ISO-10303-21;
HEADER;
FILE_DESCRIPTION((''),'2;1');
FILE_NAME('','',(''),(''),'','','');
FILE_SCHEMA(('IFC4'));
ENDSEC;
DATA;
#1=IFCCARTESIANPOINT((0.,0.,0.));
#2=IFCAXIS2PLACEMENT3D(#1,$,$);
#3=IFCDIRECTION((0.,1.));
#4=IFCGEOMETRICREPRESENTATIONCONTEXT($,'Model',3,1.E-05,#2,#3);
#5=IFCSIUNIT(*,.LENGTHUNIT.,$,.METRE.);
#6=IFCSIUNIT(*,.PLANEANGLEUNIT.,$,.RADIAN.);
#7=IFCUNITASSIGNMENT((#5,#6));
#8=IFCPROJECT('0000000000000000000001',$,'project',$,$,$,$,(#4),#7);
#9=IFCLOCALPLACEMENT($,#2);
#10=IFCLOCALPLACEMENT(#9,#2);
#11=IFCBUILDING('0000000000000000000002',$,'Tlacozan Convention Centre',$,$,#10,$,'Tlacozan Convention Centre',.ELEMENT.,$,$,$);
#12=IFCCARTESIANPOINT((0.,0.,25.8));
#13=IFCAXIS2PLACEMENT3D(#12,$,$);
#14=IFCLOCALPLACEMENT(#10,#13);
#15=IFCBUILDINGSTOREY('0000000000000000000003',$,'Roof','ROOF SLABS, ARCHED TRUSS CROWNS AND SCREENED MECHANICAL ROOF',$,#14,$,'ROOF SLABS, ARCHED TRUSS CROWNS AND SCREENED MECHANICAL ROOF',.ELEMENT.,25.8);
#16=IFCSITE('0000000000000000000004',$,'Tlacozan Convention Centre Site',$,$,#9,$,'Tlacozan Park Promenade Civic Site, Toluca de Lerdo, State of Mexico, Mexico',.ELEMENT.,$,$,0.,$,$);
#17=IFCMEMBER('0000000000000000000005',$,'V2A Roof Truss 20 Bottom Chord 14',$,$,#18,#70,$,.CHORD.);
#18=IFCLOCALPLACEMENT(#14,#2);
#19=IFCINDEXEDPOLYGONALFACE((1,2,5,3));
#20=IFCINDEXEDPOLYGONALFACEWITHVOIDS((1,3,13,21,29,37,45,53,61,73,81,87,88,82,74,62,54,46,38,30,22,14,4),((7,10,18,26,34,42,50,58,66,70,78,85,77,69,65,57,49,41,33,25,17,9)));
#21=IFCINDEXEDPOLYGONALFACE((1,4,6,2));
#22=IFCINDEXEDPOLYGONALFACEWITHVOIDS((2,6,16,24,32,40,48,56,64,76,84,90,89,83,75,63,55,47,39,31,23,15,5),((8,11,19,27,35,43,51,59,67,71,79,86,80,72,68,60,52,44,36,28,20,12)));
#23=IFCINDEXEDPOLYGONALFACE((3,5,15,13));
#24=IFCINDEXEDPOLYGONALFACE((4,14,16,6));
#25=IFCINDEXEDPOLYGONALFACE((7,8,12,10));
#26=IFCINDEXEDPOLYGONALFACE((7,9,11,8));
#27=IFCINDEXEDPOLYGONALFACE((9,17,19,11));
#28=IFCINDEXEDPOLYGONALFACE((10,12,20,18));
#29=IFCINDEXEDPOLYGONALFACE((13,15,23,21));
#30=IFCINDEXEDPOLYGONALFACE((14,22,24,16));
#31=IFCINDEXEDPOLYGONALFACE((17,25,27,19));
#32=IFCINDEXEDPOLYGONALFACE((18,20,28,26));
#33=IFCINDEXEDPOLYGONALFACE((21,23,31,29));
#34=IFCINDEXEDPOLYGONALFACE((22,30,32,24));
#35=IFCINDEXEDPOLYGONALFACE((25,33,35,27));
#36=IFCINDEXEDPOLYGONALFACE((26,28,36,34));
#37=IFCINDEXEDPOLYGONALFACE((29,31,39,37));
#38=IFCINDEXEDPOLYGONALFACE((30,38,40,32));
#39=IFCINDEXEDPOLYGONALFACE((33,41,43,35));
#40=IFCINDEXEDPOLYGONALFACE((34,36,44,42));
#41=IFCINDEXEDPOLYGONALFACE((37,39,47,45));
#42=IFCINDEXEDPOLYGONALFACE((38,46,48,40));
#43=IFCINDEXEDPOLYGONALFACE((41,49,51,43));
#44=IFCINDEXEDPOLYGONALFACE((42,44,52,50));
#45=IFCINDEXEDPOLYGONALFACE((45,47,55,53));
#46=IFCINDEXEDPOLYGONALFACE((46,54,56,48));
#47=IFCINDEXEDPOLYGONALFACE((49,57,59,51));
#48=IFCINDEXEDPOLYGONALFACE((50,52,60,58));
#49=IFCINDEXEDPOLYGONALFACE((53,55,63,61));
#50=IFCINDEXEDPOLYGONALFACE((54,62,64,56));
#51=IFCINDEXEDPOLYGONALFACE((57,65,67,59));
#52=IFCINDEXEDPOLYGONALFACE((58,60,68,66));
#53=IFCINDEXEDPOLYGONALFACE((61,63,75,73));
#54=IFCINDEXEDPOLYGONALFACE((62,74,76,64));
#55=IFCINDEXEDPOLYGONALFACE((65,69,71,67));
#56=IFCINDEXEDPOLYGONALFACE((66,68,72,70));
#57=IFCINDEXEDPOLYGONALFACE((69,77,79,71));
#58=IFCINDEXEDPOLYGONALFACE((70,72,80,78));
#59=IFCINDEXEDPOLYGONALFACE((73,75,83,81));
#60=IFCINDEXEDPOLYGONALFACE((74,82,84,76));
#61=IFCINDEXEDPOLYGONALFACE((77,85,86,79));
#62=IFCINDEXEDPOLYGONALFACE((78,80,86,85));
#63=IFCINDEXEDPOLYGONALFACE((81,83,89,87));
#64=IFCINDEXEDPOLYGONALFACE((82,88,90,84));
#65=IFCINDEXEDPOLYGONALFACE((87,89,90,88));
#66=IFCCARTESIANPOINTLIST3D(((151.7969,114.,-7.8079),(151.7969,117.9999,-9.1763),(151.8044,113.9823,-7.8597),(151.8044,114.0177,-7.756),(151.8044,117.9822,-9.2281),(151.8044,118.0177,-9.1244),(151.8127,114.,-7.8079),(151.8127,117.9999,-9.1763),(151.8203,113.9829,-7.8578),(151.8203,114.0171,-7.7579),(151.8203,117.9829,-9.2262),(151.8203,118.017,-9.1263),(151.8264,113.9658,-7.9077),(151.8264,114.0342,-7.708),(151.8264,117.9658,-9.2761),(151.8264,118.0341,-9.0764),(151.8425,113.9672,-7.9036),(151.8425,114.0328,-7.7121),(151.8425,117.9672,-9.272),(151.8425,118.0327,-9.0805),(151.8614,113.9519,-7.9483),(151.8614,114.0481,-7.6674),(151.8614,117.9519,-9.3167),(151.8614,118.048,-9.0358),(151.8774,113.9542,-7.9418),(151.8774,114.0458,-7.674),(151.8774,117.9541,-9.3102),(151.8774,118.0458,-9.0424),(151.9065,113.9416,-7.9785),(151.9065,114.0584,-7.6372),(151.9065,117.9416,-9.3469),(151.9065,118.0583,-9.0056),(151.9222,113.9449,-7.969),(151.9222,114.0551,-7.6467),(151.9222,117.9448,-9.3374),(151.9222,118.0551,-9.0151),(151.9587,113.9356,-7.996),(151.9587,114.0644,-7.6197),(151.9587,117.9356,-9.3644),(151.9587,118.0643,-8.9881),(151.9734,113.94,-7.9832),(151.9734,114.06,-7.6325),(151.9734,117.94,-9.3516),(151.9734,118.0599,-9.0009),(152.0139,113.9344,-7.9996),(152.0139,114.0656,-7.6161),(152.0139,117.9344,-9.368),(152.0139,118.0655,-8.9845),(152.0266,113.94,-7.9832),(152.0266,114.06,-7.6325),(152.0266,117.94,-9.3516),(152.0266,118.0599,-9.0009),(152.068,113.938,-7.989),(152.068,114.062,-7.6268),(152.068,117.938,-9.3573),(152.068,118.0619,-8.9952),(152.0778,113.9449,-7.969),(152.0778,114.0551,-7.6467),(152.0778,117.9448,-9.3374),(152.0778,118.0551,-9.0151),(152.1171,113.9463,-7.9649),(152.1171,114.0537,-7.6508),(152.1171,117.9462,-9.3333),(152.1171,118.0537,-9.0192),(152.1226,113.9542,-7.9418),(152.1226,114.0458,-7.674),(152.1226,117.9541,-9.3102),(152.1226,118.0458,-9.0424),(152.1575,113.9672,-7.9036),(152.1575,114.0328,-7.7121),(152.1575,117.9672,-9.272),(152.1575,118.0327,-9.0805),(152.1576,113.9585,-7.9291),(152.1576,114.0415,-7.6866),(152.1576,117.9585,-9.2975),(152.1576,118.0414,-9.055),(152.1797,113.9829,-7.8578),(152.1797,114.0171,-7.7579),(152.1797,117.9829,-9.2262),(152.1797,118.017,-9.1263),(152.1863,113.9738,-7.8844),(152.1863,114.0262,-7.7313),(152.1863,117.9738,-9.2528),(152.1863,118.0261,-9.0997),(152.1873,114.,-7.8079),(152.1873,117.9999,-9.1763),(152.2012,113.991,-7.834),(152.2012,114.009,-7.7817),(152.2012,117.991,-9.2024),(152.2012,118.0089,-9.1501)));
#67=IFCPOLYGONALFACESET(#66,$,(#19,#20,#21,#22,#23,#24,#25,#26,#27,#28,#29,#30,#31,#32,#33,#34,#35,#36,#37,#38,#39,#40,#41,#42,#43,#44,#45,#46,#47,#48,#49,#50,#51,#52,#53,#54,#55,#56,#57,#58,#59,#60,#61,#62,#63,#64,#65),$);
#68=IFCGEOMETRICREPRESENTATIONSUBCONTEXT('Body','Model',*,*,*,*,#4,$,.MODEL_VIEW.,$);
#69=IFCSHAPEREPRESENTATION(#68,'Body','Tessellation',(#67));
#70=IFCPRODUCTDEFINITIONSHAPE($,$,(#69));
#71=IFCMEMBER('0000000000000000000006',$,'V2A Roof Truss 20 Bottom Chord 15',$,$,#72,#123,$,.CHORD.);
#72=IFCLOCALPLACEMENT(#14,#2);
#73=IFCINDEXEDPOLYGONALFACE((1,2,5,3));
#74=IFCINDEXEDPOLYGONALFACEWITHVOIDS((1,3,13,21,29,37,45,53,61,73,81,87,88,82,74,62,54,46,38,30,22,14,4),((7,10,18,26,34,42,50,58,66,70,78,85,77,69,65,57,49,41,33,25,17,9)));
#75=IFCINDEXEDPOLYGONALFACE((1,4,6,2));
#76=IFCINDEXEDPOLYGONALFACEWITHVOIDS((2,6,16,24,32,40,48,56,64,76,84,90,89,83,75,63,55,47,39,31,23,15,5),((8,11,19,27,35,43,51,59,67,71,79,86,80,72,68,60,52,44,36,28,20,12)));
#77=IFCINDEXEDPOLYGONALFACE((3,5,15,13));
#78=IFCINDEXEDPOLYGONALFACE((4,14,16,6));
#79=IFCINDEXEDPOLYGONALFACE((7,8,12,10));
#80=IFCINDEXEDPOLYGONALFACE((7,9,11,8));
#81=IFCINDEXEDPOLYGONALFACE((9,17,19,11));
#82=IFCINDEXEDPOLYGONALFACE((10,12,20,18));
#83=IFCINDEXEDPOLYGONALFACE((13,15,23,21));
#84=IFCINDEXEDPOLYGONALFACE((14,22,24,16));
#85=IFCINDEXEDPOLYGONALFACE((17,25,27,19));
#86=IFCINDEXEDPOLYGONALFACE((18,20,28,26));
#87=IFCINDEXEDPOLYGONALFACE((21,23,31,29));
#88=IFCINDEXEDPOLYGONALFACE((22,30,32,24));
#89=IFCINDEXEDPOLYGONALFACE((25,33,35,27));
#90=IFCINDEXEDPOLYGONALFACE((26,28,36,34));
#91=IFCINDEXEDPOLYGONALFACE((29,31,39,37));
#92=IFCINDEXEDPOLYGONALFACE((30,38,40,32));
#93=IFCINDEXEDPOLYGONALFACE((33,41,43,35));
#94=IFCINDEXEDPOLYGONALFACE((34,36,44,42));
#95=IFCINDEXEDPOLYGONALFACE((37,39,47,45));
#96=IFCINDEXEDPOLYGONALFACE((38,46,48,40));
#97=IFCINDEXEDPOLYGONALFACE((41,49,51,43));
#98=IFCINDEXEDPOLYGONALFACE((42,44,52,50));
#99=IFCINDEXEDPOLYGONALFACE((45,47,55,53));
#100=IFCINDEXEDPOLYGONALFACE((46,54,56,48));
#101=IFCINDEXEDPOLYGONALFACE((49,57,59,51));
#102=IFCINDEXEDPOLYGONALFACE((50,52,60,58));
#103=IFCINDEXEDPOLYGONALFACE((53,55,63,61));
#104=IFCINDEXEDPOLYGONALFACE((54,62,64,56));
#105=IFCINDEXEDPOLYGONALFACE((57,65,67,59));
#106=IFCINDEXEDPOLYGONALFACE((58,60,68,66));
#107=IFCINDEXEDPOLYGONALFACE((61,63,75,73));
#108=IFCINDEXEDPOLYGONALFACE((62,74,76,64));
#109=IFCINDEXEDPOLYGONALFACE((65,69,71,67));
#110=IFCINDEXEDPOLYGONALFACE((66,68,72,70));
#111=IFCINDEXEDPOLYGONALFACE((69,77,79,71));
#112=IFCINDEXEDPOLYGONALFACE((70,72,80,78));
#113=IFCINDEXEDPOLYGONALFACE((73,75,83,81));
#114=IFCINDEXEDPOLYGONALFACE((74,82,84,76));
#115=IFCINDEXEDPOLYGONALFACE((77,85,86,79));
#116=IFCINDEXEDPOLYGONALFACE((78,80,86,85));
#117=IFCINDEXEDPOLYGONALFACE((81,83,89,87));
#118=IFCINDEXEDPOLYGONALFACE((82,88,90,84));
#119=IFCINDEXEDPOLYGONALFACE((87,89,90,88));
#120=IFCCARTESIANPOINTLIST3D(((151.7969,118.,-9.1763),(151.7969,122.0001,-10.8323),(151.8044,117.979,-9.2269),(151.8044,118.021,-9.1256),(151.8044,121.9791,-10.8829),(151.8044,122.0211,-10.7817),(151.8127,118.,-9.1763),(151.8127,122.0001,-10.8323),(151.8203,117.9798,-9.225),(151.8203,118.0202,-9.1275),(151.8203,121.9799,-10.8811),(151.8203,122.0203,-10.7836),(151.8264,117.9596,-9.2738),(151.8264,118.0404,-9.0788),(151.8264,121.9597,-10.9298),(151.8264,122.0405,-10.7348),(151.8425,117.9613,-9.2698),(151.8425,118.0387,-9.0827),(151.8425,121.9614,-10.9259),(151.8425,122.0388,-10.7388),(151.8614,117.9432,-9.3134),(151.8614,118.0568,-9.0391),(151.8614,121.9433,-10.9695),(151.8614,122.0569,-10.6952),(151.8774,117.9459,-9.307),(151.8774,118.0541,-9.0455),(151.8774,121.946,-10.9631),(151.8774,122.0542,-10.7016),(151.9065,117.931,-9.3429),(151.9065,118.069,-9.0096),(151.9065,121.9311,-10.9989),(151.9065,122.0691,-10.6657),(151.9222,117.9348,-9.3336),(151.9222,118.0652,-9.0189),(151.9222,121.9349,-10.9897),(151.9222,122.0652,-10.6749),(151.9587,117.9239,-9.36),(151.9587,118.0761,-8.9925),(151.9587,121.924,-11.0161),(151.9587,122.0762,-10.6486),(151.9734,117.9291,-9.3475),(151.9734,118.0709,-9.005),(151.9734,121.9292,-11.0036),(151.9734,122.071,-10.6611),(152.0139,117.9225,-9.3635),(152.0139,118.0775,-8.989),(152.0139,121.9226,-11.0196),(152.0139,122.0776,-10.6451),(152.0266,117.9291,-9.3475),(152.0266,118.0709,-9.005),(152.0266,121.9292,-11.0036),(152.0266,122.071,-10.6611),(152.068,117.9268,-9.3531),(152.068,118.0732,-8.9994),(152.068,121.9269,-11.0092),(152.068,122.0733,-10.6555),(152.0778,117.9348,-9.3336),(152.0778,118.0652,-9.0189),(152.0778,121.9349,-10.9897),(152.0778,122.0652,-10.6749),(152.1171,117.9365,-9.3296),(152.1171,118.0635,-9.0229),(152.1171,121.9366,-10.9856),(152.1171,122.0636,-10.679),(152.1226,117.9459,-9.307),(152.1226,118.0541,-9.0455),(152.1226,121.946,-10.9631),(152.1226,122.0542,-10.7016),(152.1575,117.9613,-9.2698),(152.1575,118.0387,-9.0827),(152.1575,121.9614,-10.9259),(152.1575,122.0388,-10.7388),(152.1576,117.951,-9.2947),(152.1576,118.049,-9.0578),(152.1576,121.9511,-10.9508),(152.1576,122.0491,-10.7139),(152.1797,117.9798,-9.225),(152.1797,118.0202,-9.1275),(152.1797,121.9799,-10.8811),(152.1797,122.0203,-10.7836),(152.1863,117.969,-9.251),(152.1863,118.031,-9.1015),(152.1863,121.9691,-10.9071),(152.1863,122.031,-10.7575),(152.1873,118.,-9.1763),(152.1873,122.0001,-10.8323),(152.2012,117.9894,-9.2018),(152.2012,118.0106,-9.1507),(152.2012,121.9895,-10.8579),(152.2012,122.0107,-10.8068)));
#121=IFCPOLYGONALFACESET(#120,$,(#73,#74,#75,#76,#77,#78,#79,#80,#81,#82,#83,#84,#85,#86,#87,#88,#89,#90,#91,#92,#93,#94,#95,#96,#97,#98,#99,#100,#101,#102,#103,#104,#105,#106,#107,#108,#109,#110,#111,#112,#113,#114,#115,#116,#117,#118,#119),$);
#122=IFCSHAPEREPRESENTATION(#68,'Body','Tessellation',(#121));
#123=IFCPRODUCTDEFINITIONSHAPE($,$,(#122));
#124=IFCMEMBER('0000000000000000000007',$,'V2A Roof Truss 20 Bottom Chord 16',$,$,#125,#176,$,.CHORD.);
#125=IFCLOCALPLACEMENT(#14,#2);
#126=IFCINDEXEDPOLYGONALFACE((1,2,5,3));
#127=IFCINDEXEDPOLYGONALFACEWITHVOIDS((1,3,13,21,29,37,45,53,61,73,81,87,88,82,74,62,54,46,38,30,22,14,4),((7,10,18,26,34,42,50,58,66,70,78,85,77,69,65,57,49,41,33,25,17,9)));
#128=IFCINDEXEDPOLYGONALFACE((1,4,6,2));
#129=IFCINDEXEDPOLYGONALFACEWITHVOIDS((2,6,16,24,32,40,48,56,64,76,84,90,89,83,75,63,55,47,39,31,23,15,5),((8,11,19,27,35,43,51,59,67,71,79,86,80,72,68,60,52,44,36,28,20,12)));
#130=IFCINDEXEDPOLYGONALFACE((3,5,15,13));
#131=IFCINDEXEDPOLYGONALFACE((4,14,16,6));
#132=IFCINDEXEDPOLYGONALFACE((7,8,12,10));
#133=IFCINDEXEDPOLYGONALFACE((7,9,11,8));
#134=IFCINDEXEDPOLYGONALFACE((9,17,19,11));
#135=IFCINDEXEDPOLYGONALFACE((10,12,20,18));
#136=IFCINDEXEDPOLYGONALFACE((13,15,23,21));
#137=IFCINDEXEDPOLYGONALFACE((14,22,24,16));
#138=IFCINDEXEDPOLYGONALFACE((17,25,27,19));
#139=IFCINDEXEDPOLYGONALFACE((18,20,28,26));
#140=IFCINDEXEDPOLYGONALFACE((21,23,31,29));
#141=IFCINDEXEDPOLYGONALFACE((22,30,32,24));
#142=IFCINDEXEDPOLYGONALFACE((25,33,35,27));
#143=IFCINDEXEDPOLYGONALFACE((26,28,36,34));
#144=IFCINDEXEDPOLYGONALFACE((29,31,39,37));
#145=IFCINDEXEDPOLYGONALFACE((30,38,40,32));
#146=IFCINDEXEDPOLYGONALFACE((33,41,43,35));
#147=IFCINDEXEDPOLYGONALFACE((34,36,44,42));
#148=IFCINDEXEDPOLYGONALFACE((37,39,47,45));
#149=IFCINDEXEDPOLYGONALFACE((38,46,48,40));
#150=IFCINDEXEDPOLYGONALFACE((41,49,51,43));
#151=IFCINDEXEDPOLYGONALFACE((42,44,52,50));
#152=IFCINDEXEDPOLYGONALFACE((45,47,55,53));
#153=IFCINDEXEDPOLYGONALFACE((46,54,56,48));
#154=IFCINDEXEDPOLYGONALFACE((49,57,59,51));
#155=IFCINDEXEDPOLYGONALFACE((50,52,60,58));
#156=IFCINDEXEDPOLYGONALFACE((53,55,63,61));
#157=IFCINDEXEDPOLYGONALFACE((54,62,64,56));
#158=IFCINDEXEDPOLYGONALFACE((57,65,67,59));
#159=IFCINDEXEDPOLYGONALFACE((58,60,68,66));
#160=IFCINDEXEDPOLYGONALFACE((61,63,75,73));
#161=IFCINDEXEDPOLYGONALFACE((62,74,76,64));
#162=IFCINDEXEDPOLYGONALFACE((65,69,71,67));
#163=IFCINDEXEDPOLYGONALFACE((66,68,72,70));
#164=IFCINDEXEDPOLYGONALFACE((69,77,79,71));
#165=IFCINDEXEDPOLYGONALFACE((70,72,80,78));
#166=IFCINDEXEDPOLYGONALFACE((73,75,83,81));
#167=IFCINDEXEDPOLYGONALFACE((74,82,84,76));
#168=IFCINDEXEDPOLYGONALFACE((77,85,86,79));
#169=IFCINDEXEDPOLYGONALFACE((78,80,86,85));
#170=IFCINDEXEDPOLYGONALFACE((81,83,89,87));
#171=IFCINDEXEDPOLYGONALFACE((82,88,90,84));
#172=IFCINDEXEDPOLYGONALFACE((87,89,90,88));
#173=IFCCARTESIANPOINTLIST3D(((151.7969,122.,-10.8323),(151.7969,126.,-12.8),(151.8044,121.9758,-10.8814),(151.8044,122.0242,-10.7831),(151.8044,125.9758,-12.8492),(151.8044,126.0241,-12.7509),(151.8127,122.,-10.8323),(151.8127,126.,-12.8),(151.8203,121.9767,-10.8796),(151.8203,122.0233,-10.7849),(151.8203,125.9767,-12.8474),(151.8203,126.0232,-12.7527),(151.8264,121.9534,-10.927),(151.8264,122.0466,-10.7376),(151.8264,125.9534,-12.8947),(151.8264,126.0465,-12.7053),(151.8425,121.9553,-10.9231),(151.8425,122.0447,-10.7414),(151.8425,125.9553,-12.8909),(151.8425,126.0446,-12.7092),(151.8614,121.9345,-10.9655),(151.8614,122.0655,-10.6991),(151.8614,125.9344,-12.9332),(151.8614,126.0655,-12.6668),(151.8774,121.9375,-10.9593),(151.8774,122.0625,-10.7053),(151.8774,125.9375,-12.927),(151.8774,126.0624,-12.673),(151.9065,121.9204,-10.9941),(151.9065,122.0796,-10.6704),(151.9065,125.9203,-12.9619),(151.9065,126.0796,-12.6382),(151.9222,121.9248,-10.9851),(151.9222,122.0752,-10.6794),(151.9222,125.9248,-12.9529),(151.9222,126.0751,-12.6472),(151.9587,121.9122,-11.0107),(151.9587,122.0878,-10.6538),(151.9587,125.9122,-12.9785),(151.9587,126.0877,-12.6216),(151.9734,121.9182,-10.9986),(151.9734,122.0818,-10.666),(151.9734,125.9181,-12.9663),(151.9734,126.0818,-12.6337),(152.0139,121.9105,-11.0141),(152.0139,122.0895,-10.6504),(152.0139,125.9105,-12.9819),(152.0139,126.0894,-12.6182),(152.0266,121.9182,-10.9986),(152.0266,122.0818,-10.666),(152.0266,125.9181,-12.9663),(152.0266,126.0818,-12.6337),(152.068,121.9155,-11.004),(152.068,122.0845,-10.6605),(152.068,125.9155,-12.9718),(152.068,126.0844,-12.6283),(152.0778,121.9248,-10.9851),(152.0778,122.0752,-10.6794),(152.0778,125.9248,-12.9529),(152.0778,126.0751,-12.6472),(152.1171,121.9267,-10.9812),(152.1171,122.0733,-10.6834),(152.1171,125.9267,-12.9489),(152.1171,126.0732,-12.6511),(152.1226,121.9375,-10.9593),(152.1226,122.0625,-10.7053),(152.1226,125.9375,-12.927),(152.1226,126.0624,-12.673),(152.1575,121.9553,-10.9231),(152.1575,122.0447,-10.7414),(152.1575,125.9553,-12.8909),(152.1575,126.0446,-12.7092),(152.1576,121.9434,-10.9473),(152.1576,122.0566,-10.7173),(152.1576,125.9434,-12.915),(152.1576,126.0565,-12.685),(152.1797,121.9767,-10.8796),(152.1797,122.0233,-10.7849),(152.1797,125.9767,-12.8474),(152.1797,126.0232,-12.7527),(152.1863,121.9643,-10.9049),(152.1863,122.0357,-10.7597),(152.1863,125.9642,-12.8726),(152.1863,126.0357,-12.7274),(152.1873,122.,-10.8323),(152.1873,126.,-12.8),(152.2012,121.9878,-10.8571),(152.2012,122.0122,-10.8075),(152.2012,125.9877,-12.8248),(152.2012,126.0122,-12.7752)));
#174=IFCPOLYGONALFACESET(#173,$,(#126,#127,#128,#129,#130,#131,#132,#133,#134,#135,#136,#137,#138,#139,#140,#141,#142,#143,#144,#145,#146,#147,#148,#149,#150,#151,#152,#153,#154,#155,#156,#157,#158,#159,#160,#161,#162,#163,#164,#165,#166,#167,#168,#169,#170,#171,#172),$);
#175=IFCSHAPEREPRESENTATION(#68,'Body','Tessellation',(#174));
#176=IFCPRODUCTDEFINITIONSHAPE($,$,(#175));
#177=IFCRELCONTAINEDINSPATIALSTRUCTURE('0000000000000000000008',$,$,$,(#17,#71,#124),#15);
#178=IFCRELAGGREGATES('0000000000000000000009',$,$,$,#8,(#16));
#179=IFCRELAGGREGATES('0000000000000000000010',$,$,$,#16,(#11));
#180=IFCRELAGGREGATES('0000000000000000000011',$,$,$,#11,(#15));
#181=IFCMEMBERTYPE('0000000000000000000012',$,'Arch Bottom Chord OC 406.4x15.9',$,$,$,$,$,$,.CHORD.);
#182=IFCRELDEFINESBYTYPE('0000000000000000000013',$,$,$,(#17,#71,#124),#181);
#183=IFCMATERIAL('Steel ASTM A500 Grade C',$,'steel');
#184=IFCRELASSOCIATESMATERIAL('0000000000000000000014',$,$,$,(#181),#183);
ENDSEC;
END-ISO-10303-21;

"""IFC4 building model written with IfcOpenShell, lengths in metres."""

from ifc_helpers import new_model, si_unit, direction, frame, origin, origin_2d, place, context, subcontext, project, spatial, hollow_circle, extrude, material, material_profile, profile_set, type_object, element, save


model = new_model("IFC4")

# Units and contexts
model_context = context("Model", 3, precision=1e-05, world=origin(), true_north=direction((0.0, 1.0)))
body_context = subcontext(model_context, "Body", "Model", "MODEL_VIEW")
ifc_project = project(units=[si_unit("LENGTHUNIT", "METRE"), si_unit("PLANEANGLEUNIT", "RADIAN")], contexts=[model_context])

# Site, building, storey
site_placement = place(None, origin())
site = spatial("IfcSite", under=ifc_project, at=site_placement, Name="Tlacozan Convention Centre Site", LongName="Tlacozan Park Promenade Civic Site, Toluca de Lerdo, State of Mexico, Mexico", CompositionType="ELEMENT", RefElevation=0.0)
building_placement = place(site_placement, origin())
building = spatial("IfcBuilding", under=site, at=building_placement, Name="Tlacozan Convention Centre", LongName="Tlacozan Convention Centre", CompositionType="ELEMENT")
storey_placement = place(building_placement, frame((0.0, 0.0, 25.8)))
storey = spatial("IfcBuildingStorey", under=building, at=storey_placement, Name="Roof", Description="ROOF SLABS, ARCHED TRUSS CROWNS AND SCREENED MECHANICAL ROOF", LongName="ROOF SLABS, ARCHED TRUSS CROWNS AND SCREENED MECHANICAL ROOF", CompositionType="ELEMENT", Elevation=25.8)

# Members
ifc_material_1 = material(Name="Steel ASTM A500 Grade C", Category="steel")
ifc_material_profile_1 = material_profile(ifc_material_1, hollow_circle(Radius=0.2031, WallThickness=0.0159, at=origin_2d()), Name="OC 406.4x15.9")
ifc_profile_set_1 = profile_set([ifc_material_profile_1], Name="Steel ASTM A500 Grade C")
member_type_1 = type_object("IfcMemberType", Name="Arch Bottom Chord OC 406.4x15.9", PredefinedType="CHORD", material=ifc_profile_set_1)
member_1_placement = place(storey_placement, frame((152.0, 114.0, -7.8079), z_axis=(0.0, 0.946165, -0.323685), x_axis=(-1.0, 0.0, 0.0)))
element("IfcMember", 1, at=member_1_placement, inside=storey, type_object=member_type_1, Name="V2A Roof Truss 20 Bottom Chord 14", PredefinedType="CHORD", context=body_context, shape_type="SweptSolid", body=[
    extrude(hollow_circle(Radius=0.2031, WallThickness=0.0159, at=origin_2d()), origin(), (0.0, 0.0, 1.0), 4.2275),
])
member_2_placement = place(storey_placement, frame((152.0, 118.0, -9.1763), z_axis=(0.0, 0.923949, -0.382516), x_axis=(-1.0, 0.0, 0.0)))
element("IfcMember", 2, at=member_2_placement, inside=storey, type_object=member_type_1, Name="V2A Roof Truss 20 Bottom Chord 15", PredefinedType="CHORD", context=body_context, shape_type="SweptSolid", body=[
    extrude(hollow_circle(Radius=0.2031, WallThickness=0.0159, at=origin_2d()), origin(), (0.0, 0.0, 1.0), 4.3293),
])
member_3_placement = place(storey_placement, frame((152.0, 122.0, -10.8323), z_axis=(0.0, 0.8973, -0.441421), x_axis=(-1.0, 0.0, 0.0)))
element("IfcMember", 3, at=member_3_placement, inside=storey, type_object=member_type_1, Name="V2A Roof Truss 20 Bottom Chord 16", PredefinedType="CHORD", context=body_context, shape_type="SweptSolid", body=[
    extrude(hollow_circle(Radius=0.2031, WallThickness=0.0159, at=origin_2d()), origin(), (0.0, 0.0, 1.0), 4.4578),
])

save(model, "model.ifc")
